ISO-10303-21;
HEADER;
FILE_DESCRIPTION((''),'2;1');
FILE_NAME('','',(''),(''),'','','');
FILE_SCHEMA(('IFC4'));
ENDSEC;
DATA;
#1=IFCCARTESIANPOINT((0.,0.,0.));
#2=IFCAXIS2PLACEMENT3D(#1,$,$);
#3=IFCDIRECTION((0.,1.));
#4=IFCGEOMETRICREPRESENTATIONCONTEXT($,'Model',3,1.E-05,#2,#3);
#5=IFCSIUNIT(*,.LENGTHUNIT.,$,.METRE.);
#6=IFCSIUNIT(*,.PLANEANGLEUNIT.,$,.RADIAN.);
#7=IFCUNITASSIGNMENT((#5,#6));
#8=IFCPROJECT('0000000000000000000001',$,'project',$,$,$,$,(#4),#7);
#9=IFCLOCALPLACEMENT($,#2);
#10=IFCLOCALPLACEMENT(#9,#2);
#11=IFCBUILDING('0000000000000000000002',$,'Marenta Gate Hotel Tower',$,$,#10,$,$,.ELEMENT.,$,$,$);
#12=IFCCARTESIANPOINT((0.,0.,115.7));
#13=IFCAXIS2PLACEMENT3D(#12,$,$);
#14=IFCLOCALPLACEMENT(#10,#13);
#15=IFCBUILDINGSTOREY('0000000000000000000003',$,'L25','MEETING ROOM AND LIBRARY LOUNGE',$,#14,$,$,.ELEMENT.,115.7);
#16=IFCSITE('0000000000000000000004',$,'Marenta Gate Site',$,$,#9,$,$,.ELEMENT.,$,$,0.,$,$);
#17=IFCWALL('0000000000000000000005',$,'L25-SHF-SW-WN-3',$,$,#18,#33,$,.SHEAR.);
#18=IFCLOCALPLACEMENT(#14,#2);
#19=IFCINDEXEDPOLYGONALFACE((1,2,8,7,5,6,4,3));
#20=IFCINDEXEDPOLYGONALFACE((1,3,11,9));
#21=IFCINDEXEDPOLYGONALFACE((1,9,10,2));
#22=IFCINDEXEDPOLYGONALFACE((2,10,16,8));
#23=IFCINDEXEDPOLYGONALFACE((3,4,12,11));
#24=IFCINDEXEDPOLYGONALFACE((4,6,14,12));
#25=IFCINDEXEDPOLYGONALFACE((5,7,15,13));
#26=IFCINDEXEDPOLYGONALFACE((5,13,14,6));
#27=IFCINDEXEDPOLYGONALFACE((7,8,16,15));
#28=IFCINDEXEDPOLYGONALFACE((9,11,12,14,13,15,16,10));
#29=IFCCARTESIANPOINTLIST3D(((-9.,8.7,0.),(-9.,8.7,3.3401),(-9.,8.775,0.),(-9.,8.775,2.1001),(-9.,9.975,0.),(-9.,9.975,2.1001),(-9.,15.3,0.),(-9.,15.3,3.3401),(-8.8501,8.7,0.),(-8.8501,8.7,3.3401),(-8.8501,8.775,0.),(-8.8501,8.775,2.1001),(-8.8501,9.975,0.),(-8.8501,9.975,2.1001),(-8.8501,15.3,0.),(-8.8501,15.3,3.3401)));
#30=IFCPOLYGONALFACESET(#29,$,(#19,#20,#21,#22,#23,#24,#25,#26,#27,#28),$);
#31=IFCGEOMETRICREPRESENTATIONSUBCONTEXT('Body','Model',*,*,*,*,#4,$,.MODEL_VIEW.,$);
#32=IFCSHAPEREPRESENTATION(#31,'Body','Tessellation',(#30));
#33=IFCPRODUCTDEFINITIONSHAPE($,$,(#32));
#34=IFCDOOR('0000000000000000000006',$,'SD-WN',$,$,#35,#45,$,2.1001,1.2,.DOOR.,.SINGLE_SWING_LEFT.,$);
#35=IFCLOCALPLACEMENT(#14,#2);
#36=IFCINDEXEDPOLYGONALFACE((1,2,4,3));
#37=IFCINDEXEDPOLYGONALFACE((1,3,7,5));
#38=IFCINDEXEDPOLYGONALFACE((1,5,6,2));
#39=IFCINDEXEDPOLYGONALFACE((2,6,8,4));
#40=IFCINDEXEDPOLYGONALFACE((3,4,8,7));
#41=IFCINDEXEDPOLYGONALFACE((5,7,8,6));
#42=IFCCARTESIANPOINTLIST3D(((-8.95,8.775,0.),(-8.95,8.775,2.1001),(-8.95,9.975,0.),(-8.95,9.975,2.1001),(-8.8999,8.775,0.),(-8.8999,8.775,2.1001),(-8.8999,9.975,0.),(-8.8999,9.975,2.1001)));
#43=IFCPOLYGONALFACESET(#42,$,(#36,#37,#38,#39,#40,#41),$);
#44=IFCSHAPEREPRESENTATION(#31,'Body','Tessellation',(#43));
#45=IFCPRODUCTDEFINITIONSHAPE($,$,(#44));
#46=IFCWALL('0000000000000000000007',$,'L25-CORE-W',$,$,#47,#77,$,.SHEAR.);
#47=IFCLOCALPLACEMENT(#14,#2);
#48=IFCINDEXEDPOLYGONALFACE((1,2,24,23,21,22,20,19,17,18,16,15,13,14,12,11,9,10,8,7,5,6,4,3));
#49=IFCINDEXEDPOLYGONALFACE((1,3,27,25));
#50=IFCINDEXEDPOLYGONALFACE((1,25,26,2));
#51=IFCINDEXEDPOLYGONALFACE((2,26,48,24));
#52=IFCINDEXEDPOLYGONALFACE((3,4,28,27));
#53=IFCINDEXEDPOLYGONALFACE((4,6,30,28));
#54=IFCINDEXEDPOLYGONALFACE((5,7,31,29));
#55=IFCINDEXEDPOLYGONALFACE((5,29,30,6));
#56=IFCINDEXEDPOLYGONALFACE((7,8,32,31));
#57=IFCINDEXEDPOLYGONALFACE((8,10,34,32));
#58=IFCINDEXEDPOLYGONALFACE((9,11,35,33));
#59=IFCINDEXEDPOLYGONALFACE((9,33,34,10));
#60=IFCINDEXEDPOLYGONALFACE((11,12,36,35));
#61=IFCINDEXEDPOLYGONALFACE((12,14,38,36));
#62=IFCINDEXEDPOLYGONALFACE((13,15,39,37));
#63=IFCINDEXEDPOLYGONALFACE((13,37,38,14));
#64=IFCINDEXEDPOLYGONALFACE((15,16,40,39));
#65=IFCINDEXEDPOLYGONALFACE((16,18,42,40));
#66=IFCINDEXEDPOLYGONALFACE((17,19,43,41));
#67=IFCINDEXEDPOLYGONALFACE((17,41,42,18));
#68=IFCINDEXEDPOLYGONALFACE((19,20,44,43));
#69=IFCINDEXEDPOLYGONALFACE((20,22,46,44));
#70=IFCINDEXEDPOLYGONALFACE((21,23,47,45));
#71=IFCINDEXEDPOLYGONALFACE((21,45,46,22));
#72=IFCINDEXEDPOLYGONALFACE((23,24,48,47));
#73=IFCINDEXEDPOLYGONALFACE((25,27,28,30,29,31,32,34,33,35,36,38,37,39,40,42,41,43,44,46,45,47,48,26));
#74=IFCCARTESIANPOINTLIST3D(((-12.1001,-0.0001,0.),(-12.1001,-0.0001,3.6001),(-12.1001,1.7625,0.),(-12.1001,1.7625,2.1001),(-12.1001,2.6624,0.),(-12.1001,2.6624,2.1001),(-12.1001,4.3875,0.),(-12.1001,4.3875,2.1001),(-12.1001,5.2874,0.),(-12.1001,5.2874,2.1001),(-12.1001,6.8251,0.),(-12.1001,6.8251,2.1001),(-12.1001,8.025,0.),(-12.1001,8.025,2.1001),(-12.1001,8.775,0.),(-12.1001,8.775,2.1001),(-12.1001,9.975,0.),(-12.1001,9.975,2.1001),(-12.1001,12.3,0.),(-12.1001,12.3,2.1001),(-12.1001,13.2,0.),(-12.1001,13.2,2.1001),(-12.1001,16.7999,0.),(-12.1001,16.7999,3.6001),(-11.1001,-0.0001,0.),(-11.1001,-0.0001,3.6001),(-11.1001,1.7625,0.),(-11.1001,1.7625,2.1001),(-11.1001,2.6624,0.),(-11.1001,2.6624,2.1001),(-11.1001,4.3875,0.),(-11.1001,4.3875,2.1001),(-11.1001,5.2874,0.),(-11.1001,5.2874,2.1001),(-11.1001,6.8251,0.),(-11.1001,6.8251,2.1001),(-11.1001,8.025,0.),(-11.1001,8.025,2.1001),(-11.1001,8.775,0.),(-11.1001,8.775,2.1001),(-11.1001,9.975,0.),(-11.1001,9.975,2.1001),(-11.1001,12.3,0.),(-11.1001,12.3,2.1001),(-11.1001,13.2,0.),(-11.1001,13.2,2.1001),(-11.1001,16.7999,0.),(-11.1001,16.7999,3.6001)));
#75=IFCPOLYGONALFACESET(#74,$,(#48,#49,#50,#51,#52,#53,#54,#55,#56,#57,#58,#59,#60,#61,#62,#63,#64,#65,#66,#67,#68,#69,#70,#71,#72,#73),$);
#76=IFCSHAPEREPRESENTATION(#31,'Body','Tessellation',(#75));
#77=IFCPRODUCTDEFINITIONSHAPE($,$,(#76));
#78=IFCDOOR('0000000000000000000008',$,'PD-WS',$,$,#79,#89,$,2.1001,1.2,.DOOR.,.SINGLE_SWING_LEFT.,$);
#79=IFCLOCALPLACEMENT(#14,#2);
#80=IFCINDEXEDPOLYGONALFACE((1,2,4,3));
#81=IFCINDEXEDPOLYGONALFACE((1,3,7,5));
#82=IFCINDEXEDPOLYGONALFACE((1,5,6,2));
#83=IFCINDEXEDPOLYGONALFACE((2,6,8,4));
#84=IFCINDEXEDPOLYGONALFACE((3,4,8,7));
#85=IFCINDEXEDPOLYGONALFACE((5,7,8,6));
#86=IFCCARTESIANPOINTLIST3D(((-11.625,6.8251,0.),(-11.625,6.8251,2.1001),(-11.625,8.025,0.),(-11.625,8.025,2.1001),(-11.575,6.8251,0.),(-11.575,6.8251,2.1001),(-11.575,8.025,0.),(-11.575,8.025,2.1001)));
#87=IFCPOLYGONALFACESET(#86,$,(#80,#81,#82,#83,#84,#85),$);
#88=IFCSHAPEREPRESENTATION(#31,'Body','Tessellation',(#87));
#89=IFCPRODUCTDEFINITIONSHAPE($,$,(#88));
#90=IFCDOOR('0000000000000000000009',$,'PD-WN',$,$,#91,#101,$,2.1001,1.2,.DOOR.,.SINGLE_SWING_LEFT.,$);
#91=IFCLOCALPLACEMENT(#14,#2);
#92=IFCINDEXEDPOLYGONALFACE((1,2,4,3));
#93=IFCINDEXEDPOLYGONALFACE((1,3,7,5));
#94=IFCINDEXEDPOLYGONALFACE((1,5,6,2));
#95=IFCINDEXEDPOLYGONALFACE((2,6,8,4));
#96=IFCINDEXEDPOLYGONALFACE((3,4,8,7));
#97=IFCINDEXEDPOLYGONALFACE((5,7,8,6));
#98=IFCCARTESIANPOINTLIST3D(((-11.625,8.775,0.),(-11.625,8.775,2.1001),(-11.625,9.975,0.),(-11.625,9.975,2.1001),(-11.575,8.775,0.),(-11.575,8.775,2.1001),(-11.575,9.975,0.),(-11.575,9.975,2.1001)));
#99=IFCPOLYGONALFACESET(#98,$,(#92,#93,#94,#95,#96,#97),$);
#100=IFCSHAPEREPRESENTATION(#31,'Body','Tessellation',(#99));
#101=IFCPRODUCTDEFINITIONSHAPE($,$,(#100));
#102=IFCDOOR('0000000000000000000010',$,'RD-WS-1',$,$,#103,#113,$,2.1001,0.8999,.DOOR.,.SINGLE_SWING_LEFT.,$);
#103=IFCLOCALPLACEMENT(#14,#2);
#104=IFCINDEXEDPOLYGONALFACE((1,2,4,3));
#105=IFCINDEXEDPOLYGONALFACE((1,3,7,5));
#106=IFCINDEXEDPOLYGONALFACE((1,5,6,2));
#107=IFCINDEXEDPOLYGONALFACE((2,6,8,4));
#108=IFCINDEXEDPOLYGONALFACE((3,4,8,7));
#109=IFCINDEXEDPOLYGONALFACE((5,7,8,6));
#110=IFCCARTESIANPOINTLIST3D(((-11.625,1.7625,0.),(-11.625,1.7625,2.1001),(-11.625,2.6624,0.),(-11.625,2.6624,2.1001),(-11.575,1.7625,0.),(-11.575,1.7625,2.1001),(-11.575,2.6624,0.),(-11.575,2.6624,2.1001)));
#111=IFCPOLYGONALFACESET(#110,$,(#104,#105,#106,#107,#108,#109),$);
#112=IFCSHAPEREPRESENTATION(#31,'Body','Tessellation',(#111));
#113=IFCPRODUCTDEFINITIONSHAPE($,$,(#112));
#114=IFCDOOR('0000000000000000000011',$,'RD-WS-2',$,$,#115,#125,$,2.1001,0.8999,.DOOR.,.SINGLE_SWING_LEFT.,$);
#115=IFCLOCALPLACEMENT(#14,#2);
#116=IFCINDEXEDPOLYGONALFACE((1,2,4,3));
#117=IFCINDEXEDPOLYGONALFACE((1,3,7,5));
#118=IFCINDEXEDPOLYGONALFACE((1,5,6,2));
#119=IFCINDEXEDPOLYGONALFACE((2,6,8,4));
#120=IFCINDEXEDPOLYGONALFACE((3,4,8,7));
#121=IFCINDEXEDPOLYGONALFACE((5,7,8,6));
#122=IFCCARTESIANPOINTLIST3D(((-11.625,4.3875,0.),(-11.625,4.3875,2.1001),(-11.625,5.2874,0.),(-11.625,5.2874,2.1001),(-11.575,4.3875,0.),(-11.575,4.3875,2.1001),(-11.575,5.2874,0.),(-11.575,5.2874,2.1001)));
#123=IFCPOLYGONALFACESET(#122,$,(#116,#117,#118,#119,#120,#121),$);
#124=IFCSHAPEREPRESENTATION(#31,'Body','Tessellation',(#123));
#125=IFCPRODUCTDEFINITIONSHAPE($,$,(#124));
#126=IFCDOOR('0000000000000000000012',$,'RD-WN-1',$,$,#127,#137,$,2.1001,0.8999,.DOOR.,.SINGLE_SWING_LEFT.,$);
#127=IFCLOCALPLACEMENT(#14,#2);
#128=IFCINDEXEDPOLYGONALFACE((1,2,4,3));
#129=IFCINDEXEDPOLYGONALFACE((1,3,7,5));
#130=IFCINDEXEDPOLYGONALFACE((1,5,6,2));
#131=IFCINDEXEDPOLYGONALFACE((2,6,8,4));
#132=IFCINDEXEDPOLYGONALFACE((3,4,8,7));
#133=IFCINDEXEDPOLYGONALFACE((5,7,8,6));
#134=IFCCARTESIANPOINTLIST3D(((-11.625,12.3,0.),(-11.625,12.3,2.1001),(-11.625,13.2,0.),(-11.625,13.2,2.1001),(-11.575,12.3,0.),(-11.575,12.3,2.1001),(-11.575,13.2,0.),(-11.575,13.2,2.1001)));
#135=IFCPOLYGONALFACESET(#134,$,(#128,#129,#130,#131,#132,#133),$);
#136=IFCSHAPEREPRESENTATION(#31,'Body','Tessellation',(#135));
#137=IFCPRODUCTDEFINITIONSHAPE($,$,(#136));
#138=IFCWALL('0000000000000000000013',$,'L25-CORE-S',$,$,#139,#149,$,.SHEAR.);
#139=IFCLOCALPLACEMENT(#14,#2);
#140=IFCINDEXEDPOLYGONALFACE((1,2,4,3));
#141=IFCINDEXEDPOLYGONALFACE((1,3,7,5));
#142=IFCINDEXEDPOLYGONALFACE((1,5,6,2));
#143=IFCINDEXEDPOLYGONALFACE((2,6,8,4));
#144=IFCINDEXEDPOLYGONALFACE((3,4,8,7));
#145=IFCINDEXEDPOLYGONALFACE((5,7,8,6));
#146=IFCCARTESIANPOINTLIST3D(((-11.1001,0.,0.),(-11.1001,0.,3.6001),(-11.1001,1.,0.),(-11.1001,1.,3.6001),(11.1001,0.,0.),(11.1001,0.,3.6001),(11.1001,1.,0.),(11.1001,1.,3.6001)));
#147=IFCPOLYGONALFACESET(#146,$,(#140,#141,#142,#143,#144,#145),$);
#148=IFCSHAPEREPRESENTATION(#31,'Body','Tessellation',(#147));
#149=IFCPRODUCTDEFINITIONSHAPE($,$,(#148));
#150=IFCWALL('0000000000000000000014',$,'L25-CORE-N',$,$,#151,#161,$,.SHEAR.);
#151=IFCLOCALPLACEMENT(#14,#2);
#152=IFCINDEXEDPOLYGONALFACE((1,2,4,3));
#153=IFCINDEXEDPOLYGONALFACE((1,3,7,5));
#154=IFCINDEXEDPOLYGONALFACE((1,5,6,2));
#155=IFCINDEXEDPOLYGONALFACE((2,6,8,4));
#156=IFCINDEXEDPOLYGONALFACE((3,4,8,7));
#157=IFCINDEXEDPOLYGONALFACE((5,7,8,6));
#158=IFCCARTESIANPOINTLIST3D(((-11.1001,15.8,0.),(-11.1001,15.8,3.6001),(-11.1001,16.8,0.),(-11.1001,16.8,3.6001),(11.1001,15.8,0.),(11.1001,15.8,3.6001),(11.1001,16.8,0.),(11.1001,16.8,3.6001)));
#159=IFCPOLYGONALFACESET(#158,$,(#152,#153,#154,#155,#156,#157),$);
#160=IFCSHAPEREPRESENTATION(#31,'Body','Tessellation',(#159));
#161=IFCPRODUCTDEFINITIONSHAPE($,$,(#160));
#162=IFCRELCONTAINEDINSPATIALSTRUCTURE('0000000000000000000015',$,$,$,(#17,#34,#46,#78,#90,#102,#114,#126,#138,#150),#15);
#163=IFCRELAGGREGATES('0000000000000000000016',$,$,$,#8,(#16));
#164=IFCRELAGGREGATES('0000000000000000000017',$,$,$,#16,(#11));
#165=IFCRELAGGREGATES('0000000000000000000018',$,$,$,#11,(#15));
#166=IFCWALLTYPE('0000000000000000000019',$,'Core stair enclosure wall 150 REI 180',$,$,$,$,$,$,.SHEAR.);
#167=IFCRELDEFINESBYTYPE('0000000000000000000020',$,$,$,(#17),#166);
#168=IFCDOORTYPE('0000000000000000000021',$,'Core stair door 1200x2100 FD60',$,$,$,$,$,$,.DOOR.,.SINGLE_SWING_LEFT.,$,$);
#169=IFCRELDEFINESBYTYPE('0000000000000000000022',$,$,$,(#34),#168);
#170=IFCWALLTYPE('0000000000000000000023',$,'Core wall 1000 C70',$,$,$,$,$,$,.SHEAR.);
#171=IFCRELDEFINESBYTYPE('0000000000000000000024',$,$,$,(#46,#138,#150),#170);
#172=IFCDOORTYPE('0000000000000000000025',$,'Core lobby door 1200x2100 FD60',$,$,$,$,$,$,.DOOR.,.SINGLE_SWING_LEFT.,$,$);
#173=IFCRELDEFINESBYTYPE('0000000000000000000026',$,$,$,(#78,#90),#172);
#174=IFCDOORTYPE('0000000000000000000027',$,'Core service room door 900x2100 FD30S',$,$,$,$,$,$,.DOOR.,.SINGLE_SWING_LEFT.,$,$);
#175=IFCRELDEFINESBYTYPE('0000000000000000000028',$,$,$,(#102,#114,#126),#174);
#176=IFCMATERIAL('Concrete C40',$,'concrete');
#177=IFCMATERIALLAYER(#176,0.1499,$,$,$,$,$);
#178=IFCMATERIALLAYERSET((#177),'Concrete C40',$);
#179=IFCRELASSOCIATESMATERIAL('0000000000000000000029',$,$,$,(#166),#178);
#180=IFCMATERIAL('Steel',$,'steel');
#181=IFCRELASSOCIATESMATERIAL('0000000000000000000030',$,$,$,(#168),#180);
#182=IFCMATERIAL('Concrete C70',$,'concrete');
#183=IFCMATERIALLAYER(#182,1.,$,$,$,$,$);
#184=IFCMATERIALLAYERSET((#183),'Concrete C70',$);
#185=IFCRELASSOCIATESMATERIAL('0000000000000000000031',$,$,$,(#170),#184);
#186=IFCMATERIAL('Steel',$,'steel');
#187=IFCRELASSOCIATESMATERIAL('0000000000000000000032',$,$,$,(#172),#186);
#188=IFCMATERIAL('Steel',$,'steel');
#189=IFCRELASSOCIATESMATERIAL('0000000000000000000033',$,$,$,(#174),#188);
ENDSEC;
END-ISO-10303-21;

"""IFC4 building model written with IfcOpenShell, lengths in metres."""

from ifc_helpers import new_model, si_unit, direction, frame, frame_2d, origin, place, context, subcontext, project, spatial, rectangle, extrude, material, layer, layer_set, type_object, element, fill, save


model = new_model("IFC4")

# Units and contexts
model_context = context("Model", 3, precision=1e-05, world=origin(), true_north=direction((0.0, 1.0)))
body_context = subcontext(model_context, "Body", "Model", "MODEL_VIEW")
ifc_project = project(units=[si_unit("LENGTHUNIT", "METRE"), si_unit("PLANEANGLEUNIT", "RADIAN")], contexts=[model_context])

# Site, building, storey
site_placement = place(None, origin())
site = spatial("IfcSite", under=ifc_project, at=site_placement, Name="Marenta Gate Site", CompositionType="ELEMENT", RefElevation=0.0)
building_placement = place(site_placement, origin())
building = spatial("IfcBuilding", under=site, at=building_placement, Name="Marenta Gate Hotel Tower", CompositionType="ELEMENT")
storey_placement = place(building_placement, frame((0.0, 0.0, 115.7)))
storey = spatial("IfcBuildingStorey", under=building, at=storey_placement, Name="L25", Description="MEETING ROOM AND LIBRARY LOUNGE", CompositionType="ELEMENT", Elevation=115.7)

# Wall, opening, door
ifc_material_1 = material(Name="Concrete C40", Category="concrete")
ifc_layer_1 = layer(ifc_material_1, 0.1499)
ifc_layer_set_1 = layer_set([ifc_layer_1], Name="Concrete C40")
wall_type_1 = type_object("IfcWallType", Name="Core stair enclosure wall 150 REI 180", PredefinedType="SHEAR", material=ifc_layer_set_1)
ifc_material_2 = material(Name="Steel", Category="steel")
door_type_1 = type_object("IfcDoorType", Name="Core stair door 1200x2100 FD60", OperationType="SINGLE_SWING_LEFT", PredefinedType="DOOR", material=ifc_material_2)
wall_1_placement = place(storey_placement, frame((-8.925, 8.7, 0.0), z_axis=(0.0, 0.0, 1.0), x_axis=(0.0, 1.0, 0.0)))
wall_1 = element("IfcWall", 1, at=wall_1_placement, inside=storey, type_object=wall_type_1, Name="L25-SHF-SW-WN-3", PredefinedType="SHEAR", context=body_context, shape_type="SweptSolid", body=[
    extrude(rectangle(XDim=6.6001, YDim=0.1499, at=frame_2d((3.3, 0.0))), origin(), (0.0, 0.0, 1.0), 3.3401),
])
opening_1_placement = place(wall_1_placement, frame((0.075, 0.0, 0.0)))
opening_1 = element("IfcOpeningElement", 2, at=opening_1_placement, cuts=wall_1, PredefinedType="OPENING", context=body_context, shape_type="SweptSolid", body=[
    extrude(rectangle(XDim=1.2, YDim=2.1001, at=frame_2d((0.6001, 1.05))), frame((0.0, 0.075, 0.0), z_axis=(0.0, -1.0, 0.0), x_axis=(1.0, 0.0, 0.0)), (0.0, 0.0, 1.0), 0.1499),
])
door_1_placement = place(opening_1_placement, origin())
door_1 = element("IfcDoor", 3, at=door_1_placement, inside=storey, type_object=door_type_1, Name="SD-WN", OperationType="SINGLE_SWING_LEFT", OverallHeight=2.1001, OverallWidth=1.2, PredefinedType="DOOR", context=body_context, shape_type="SweptSolid", body=[
    extrude(rectangle(XDim=1.2, YDim=2.1001, at=frame_2d((0.6001, 1.05))), frame((0.0, 0.0249, 0.0), z_axis=(0.0, -1.0, 0.0), x_axis=(1.0, 0.0, 0.0)), (0.0, 0.0, 1.0), 0.05),
])
fill(opening_1, door_1)

# Wall, openings, doors
ifc_material_3 = material(Name="Concrete C70", Category="concrete")
ifc_layer_2 = layer(ifc_material_3, 1.0)
ifc_layer_set_2 = layer_set([ifc_layer_2], Name="Concrete C70")
wall_type_2 = type_object("IfcWallType", Name="Core wall 1000 C70", PredefinedType="SHEAR", material=ifc_layer_set_2)
wall_2_placement = place(storey_placement, frame((-11.6001, 0.0, 0.0), z_axis=(0.0, 0.0, 1.0), x_axis=(0.0, 1.0, 0.0)))
wall_2 = element("IfcWall", 4, at=wall_2_placement, inside=storey, type_object=wall_type_2, Name="L25-CORE-W", PredefinedType="SHEAR", context=body_context, shape_type="SweptSolid", body=[
    extrude(rectangle(XDim=16.8, YDim=1.0, at=frame_2d((8.3999, 0.0))), origin(), (0.0, 0.0, 1.0), 3.6001),
])
opening_2_placement = place(wall_2_placement, frame((1.7625, 0.0, 0.0)))
opening_2 = element("IfcOpeningElement", 5, at=opening_2_placement, cuts=wall_2, PredefinedType="OPENING", context=body_context, shape_type="SweptSolid", body=[
    extrude(rectangle(XDim=0.8999, YDim=2.1001, at=frame_2d((0.45, 1.05))), frame((0.0, 0.5, 0.0), z_axis=(0.0, -1.0, 0.0), x_axis=(1.0, 0.0, 0.0)), (0.0, 0.0, 1.0), 1.0),
])
opening_3_placement = place(wall_2_placement, frame((4.3875, 0.0, 0.0)))
opening_3 = element("IfcOpeningElement", 6, at=opening_3_placement, cuts=wall_2, PredefinedType="OPENING", context=body_context, shape_type="SweptSolid", body=[
    extrude(rectangle(XDim=0.8999, YDim=2.1001, at=frame_2d((0.45, 1.05))), frame((0.0, 0.5, 0.0), z_axis=(0.0, -1.0, 0.0), x_axis=(1.0, 0.0, 0.0)), (0.0, 0.0, 1.0), 1.0),
])
opening_4_placement = place(wall_2_placement, frame((6.825, 0.0, 0.0)))
opening_4 = element("IfcOpeningElement", 7, at=opening_4_placement, cuts=wall_2, PredefinedType="OPENING", context=body_context, shape_type="SweptSolid", body=[
    extrude(rectangle(XDim=1.2, YDim=2.1001, at=frame_2d((0.6001, 1.05))), frame((0.0, 0.5, 0.0), z_axis=(0.0, -1.0, 0.0), x_axis=(1.0, 0.0, 0.0)), (0.0, 0.0, 1.0), 1.0),
])
opening_5_placement = place(wall_2_placement, frame((12.3, 0.0, 0.0)))
opening_5 = element("IfcOpeningElement", 8, at=opening_5_placement, cuts=wall_2, PredefinedType="OPENING", context=body_context, shape_type="SweptSolid", body=[
    extrude(rectangle(XDim=0.8999, YDim=2.1001, at=frame_2d((0.45, 1.05))), frame((0.0, 0.5, 0.0), z_axis=(0.0, -1.0, 0.0), x_axis=(1.0, 0.0, 0.0)), (0.0, 0.0, 1.0), 1.0),
])
opening_6_placement = place(wall_2_placement, frame((8.7749, 0.0, 0.0)))
opening_6 = element("IfcOpeningElement", 9, at=opening_6_placement, cuts=wall_2, PredefinedType="OPENING", context=body_context, shape_type="SweptSolid", body=[
    extrude(rectangle(XDim=1.2, YDim=2.1001, at=frame_2d((0.6001, 1.05))), frame((0.0, 0.5, 0.0), z_axis=(0.0, -1.0, 0.0), x_axis=(1.0, 0.0, 0.0)), (0.0, 0.0, 1.0), 1.0),
])
ifc_material_4 = material(Name="Steel", Category="steel")
door_type_2 = type_object("IfcDoorType", Name="Core lobby door 1200x2100 FD60", OperationType="SINGLE_SWING_LEFT", PredefinedType="DOOR", material=ifc_material_4)
door_2_placement = place(opening_4_placement, origin())
door_2 = element("IfcDoor", 10, at=door_2_placement, inside=storey, type_object=door_type_2, Name="PD-WS", OperationType="SINGLE_SWING_LEFT", OverallHeight=2.1001, OverallWidth=1.2, PredefinedType="DOOR", context=body_context, shape_type="SweptSolid", body=[
    extrude(rectangle(XDim=1.2, YDim=2.1001, at=frame_2d((0.6001, 1.05))), frame((0.0, 0.0249, 0.0), z_axis=(0.0, -1.0, 0.0), x_axis=(1.0, 0.0, 0.0)), (0.0, 0.0, 1.0), 0.05),
])
fill(opening_4, door_2)
door_3_placement = place(opening_6_placement, origin())
door_3 = element("IfcDoor", 11, at=door_3_placement, inside=storey, type_object=door_type_2, Name="PD-WN", OperationType="SINGLE_SWING_LEFT", OverallHeight=2.1001, OverallWidth=1.2, PredefinedType="DOOR", context=body_context, shape_type="SweptSolid", body=[
    extrude(rectangle(XDim=1.2, YDim=2.1001, at=frame_2d((0.6001, 1.05))), frame((0.0, 0.0249, 0.0), z_axis=(0.0, -1.0, 0.0), x_axis=(1.0, 0.0, 0.0)), (0.0, 0.0, 1.0), 0.05),
])
fill(opening_6, door_3)
ifc_material_5 = material(Name="Steel", Category="steel")
door_type_3 = type_object("IfcDoorType", Name="Core service room door 900x2100 FD30S", OperationType="SINGLE_SWING_LEFT", PredefinedType="DOOR", material=ifc_material_5)
door_4_placement = place(opening_2_placement, origin())
door_4 = element("IfcDoor", 12, at=door_4_placement, inside=storey, type_object=door_type_3, Name="RD-WS-1", OperationType="SINGLE_SWING_LEFT", OverallHeight=2.1001, OverallWidth=0.8999, PredefinedType="DOOR", context=body_context, shape_type="SweptSolid", body=[
    extrude(rectangle(XDim=0.8999, YDim=2.1001, at=frame_2d((0.45, 1.05))), frame((0.0, 0.0249, 0.0), z_axis=(0.0, -1.0, 0.0), x_axis=(1.0, 0.0, 0.0)), (0.0, 0.0, 1.0), 0.05),
])
fill(opening_2, door_4)
door_5_placement = place(opening_3_placement, origin())
door_5 = element("IfcDoor", 13, at=door_5_placement, inside=storey, type_object=door_type_3, Name="RD-WS-2", OperationType="SINGLE_SWING_LEFT", OverallHeight=2.1001, OverallWidth=0.8999, PredefinedType="DOOR", context=body_context, shape_type="SweptSolid", body=[
    extrude(rectangle(XDim=0.8999, YDim=2.1001, at=frame_2d((0.45, 1.05))), frame((0.0, 0.0249, 0.0), z_axis=(0.0, -1.0, 0.0), x_axis=(1.0, 0.0, 0.0)), (0.0, 0.0, 1.0), 0.05),
])
fill(opening_3, door_5)
door_6_placement = place(opening_5_placement, origin())
door_6 = element("IfcDoor", 14, at=door_6_placement, inside=storey, type_object=door_type_3, Name="RD-WN-1", OperationType="SINGLE_SWING_LEFT", OverallHeight=2.1001, OverallWidth=0.8999, PredefinedType="DOOR", context=body_context, shape_type="SweptSolid", body=[
    extrude(rectangle(XDim=0.8999, YDim=2.1001, at=frame_2d((0.45, 1.05))), frame((0.0, 0.0249, 0.0), z_axis=(0.0, -1.0, 0.0), x_axis=(1.0, 0.0, 0.0)), (0.0, 0.0, 1.0), 0.05),
])
fill(opening_5, door_6)

# Walls
for number, where, z_axis, x_axis, name in (
    (15, (-11.1001, 0.5, 0.0), (0.0, 0.0, 1.0), (1.0, 0.0, 0.0), "L25-CORE-S"),
    (16, (-11.1001, 16.3, 0.0), (0.0, 0.0, 1.0), (1.0, 0.0, 0.0), "L25-CORE-N"),
):
    element("IfcWall", number, at=place(storey_placement, frame(where, z_axis=z_axis, x_axis=x_axis)), inside=storey, type_object=wall_type_2, Name=name, PredefinedType="SHEAR", context=body_context, shape_type="SweptSolid", body=[
        extrude(rectangle(XDim=22.2002, YDim=1.0, at=frame_2d((11.1001, 0.0))), origin(), (0.0, 0.0, 1.0), 3.6001),
    ])

save(model, "model.ifc")
